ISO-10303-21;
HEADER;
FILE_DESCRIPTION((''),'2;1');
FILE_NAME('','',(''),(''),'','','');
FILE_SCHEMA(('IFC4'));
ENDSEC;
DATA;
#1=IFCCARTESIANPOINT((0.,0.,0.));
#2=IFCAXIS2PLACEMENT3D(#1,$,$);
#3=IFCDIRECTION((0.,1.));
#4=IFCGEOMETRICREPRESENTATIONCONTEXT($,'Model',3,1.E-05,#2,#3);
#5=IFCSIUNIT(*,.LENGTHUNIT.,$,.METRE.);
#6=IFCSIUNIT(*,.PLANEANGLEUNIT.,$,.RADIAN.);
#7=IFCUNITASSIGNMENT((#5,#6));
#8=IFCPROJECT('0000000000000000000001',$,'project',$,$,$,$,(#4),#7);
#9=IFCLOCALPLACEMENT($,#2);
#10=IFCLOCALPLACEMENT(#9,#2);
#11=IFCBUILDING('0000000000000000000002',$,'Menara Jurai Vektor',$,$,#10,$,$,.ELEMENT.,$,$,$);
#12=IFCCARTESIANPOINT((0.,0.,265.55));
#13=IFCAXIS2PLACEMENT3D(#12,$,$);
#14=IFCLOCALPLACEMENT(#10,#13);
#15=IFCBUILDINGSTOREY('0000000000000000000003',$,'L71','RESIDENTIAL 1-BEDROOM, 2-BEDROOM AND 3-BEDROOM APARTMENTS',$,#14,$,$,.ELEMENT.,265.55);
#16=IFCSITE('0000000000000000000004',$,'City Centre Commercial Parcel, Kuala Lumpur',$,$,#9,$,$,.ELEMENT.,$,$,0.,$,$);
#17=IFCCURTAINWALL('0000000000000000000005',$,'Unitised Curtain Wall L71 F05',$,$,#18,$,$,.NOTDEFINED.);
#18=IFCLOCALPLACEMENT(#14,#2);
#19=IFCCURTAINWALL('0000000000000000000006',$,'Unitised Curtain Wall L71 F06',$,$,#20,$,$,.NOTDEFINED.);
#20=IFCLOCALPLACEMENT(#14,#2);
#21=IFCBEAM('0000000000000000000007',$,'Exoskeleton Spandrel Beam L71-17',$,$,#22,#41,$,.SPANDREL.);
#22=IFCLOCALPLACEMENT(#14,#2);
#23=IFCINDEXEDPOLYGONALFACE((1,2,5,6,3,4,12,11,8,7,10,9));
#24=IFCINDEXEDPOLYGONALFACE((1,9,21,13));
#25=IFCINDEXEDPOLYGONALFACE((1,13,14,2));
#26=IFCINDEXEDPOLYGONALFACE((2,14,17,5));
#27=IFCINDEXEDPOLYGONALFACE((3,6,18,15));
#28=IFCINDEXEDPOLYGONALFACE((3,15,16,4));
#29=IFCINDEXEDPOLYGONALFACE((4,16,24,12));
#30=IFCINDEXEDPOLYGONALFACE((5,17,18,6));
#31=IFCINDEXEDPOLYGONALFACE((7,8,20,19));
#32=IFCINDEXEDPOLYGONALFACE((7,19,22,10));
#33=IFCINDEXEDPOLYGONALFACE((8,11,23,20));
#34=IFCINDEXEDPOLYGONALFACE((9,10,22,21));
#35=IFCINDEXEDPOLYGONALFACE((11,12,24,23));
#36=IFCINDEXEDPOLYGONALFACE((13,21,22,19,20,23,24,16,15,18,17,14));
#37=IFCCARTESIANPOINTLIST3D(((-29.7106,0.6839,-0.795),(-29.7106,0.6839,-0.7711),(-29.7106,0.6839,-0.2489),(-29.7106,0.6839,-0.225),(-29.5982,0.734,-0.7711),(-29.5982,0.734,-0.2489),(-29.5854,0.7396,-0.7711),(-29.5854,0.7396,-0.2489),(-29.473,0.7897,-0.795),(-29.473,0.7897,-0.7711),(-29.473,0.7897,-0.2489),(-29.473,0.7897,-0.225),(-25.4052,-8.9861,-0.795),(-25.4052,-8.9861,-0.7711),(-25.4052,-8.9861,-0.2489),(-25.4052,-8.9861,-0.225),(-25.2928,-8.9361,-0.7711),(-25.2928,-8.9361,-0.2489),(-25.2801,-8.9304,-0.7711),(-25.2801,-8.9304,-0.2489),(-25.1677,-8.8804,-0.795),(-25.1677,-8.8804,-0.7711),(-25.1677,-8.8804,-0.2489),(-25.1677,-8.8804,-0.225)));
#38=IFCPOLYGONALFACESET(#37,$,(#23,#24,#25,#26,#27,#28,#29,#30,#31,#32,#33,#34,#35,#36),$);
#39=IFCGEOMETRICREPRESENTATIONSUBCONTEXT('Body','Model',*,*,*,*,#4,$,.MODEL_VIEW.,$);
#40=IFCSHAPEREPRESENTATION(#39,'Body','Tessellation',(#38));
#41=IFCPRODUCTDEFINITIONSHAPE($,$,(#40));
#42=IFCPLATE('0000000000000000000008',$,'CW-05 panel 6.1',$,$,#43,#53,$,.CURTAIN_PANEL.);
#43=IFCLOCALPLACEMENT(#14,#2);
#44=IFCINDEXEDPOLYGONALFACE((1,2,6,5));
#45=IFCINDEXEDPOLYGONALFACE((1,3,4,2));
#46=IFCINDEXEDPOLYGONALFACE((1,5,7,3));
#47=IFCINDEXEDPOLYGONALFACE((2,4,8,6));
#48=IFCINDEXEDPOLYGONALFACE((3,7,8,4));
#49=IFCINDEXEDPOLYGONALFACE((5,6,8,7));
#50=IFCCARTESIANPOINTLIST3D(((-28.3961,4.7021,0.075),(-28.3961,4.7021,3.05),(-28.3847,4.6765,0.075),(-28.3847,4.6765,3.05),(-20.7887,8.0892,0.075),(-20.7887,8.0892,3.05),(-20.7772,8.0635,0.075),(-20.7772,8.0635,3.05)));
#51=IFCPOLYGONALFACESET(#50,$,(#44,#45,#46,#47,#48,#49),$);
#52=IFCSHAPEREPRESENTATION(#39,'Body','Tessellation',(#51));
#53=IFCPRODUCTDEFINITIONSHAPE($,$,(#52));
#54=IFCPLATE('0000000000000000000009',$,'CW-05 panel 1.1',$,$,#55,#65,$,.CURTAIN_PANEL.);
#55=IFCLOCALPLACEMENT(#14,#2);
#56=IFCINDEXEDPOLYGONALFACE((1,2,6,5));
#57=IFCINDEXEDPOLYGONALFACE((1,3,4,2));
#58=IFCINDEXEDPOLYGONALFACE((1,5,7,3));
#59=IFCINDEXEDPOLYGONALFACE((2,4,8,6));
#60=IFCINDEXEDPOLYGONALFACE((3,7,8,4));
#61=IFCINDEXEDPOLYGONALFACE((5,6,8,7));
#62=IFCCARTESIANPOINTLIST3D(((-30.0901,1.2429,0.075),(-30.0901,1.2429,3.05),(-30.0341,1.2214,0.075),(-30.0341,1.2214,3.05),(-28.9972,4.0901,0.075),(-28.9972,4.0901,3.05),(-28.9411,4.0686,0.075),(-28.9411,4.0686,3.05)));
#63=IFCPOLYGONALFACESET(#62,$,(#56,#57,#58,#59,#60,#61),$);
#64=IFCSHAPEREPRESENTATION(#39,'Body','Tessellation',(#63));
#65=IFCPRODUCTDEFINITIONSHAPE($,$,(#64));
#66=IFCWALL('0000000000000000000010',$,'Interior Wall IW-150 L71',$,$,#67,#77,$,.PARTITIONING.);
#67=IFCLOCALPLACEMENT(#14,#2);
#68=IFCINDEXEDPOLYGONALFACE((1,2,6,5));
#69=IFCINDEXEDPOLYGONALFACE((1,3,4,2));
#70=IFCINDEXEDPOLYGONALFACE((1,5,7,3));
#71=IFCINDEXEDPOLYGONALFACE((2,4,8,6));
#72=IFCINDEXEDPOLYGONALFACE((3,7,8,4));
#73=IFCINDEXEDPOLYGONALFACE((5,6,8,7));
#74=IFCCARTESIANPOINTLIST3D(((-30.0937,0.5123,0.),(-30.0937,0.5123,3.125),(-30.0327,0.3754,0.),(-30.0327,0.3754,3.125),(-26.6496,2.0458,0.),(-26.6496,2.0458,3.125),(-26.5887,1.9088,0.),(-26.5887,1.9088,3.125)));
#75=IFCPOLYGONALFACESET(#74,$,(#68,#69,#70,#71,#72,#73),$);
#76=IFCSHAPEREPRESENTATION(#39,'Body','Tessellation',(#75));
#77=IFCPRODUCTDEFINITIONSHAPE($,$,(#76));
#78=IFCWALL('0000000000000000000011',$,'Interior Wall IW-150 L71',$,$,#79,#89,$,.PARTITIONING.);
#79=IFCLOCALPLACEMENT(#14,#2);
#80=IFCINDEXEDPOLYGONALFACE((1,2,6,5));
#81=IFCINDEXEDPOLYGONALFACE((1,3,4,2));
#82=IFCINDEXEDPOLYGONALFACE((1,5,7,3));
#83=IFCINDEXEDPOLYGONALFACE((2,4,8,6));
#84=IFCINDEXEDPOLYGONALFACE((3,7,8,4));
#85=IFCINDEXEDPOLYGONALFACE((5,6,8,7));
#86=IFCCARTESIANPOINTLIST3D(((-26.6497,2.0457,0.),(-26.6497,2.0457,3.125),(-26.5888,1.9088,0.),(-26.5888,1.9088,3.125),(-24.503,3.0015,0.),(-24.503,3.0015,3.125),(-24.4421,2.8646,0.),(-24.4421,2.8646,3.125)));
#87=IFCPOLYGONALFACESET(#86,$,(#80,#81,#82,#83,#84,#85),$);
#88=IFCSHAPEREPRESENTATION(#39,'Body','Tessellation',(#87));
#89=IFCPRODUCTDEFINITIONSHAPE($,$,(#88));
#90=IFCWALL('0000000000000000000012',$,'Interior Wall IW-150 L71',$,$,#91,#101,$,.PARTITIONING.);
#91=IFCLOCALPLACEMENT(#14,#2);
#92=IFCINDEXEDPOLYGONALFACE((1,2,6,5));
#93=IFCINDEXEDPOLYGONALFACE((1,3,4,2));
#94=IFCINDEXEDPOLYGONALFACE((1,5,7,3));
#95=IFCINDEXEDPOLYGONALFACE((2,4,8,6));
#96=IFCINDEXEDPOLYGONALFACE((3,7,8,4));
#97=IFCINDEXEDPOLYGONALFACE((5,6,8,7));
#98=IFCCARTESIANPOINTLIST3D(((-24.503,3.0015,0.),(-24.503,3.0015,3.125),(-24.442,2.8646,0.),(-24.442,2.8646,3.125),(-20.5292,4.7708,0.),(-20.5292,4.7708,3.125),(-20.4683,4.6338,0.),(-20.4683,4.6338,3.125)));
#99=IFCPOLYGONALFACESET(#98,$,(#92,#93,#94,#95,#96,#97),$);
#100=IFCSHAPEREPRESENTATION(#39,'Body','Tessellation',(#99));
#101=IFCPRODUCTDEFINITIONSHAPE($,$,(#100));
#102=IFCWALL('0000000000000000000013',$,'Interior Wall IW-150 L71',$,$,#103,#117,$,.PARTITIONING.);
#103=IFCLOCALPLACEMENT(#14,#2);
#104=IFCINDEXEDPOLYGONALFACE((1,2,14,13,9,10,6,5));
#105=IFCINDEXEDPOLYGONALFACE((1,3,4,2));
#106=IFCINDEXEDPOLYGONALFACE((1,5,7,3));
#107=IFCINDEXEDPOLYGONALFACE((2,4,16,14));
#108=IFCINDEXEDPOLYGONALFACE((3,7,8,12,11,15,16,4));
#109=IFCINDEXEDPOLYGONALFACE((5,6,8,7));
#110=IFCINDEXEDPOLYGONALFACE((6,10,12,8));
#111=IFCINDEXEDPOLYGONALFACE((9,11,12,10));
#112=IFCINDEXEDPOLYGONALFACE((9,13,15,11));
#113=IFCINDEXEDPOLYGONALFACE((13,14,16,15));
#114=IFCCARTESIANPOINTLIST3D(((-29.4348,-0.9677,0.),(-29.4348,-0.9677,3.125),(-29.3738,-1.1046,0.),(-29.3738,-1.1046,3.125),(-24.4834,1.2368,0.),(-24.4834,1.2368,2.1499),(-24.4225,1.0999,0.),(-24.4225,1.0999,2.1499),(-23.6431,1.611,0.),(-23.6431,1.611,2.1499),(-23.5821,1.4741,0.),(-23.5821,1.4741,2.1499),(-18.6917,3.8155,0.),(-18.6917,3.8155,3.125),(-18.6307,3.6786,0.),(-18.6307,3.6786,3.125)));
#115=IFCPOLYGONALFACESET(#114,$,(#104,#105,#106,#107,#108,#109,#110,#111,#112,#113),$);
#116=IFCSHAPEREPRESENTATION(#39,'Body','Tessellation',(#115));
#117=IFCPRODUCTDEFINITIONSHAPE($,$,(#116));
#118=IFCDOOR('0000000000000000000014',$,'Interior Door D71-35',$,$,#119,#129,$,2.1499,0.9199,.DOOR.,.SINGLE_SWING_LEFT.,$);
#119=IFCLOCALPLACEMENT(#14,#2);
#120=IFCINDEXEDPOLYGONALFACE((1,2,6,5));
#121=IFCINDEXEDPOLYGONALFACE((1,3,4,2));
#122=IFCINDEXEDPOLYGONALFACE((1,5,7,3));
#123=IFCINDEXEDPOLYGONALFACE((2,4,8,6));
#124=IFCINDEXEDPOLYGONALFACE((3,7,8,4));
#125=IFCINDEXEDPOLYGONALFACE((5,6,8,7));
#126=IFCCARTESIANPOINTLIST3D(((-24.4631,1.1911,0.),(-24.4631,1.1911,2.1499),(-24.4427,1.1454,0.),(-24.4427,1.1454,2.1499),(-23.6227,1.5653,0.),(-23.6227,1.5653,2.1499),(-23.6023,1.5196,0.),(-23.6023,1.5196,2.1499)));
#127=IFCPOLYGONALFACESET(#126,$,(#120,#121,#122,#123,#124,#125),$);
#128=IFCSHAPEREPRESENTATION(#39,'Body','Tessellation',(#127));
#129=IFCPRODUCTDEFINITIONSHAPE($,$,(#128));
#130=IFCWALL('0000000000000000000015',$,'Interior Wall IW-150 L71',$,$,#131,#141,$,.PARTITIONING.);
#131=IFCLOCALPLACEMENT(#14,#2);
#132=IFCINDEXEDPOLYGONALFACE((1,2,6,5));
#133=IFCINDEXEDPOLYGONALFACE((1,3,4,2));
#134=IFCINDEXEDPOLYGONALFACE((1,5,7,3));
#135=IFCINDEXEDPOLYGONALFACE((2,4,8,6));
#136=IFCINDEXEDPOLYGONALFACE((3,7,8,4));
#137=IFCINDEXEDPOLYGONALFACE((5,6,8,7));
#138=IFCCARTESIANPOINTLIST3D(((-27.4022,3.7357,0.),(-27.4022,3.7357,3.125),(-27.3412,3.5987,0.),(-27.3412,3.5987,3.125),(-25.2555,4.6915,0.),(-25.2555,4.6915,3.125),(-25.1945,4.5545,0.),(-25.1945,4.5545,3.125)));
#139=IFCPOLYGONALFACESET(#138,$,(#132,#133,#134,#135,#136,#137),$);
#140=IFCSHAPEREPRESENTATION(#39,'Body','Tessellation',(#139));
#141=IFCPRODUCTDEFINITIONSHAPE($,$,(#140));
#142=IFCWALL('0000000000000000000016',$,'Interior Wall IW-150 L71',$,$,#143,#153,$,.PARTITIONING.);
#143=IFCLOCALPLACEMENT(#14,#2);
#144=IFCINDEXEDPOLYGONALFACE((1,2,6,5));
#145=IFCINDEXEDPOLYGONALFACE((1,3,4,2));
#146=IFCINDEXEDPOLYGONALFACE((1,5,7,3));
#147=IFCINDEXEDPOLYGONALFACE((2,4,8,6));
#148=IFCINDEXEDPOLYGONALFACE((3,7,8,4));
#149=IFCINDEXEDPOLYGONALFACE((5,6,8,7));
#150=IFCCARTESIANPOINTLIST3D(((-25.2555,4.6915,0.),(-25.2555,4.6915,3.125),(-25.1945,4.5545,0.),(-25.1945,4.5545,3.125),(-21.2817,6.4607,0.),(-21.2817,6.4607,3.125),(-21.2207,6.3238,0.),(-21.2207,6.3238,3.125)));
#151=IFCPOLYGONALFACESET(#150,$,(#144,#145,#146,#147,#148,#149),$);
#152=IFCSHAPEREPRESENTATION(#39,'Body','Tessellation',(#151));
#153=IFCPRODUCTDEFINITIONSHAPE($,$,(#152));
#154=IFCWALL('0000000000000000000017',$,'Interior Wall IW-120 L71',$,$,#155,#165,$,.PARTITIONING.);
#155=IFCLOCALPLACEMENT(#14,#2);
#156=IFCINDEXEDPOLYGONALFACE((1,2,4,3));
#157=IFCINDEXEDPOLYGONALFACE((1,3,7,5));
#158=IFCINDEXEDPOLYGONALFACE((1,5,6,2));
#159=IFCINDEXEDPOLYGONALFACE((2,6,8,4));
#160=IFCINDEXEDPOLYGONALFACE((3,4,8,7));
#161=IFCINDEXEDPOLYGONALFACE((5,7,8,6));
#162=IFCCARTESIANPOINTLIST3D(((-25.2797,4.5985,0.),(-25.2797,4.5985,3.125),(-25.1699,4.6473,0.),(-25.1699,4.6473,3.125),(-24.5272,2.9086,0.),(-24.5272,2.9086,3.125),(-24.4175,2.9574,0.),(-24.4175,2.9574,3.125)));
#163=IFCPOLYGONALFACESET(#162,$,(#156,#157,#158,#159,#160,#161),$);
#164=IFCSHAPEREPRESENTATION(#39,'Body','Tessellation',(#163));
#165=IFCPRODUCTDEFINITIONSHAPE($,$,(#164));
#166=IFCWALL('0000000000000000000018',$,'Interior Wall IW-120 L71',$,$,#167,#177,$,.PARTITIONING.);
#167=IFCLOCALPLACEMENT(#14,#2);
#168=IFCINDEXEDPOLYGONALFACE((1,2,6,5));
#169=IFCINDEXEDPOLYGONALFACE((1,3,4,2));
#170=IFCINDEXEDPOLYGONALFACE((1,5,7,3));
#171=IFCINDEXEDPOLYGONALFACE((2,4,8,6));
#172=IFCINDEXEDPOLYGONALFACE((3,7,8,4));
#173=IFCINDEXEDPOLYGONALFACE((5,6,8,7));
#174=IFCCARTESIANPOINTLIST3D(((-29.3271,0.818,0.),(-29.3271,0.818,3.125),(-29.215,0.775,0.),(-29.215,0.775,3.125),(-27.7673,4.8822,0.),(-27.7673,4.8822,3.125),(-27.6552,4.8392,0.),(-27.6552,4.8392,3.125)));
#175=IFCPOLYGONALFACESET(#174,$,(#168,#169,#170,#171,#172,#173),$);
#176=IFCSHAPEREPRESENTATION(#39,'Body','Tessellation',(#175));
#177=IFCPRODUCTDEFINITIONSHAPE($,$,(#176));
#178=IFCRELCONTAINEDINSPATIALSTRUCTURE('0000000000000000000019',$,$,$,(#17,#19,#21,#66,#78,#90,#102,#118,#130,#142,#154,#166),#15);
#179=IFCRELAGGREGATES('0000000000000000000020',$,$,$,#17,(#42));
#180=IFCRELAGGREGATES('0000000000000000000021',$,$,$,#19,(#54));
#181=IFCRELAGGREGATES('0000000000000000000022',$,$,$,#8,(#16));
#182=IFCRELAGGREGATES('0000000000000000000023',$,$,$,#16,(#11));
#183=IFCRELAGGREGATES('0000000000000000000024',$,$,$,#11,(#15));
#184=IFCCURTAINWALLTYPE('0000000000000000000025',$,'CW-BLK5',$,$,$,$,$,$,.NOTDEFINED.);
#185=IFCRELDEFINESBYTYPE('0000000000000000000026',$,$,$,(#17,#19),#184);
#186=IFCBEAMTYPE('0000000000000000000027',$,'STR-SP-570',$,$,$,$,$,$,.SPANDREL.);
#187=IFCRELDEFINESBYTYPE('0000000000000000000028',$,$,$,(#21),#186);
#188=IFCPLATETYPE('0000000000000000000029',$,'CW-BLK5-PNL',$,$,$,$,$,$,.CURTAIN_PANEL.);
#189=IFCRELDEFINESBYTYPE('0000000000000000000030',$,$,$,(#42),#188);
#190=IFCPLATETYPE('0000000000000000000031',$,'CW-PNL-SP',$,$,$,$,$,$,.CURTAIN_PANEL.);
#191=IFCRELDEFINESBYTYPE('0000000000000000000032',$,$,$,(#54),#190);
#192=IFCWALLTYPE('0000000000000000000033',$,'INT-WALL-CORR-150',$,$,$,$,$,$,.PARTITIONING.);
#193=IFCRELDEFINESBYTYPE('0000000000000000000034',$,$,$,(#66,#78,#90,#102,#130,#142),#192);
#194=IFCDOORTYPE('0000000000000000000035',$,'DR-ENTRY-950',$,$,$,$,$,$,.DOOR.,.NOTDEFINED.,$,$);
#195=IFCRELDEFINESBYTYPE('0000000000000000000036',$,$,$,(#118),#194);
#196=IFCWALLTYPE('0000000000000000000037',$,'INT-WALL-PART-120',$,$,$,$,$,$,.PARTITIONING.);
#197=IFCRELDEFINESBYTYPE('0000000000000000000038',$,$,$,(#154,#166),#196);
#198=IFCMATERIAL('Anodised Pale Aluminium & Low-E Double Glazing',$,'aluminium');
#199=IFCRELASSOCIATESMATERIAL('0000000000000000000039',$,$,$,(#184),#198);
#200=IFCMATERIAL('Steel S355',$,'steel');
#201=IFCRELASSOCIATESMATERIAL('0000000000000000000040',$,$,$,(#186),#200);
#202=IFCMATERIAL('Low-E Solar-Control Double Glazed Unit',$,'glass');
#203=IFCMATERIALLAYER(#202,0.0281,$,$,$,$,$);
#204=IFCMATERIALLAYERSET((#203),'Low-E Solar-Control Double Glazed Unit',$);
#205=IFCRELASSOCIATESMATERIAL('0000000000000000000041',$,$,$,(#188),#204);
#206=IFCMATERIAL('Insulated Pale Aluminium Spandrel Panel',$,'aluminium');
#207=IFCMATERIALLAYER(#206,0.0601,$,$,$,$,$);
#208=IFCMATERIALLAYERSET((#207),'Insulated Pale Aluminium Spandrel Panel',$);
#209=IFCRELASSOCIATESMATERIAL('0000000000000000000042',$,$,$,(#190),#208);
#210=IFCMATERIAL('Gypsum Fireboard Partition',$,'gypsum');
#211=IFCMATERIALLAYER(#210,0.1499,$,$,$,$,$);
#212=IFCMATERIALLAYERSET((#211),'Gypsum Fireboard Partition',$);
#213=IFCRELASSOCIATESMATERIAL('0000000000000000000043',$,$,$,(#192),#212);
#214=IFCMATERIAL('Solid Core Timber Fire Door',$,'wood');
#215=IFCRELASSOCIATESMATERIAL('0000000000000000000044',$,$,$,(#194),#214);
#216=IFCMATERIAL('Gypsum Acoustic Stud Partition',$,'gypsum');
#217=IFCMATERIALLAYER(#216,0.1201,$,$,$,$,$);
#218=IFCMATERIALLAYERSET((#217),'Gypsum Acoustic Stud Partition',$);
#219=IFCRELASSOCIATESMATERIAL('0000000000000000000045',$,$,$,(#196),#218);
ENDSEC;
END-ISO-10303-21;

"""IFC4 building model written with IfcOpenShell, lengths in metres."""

from ifc_helpers import new_model, si_unit, direction, frame, frame_2d, origin, origin_2d, place, context, subcontext, project, spatial, rectangle, i_section, extrude, material, layer, layer_set, material_profile, profile_set, type_object, element, fill, aggregate, save


model = new_model("IFC4")

# Units and contexts
model_context = context("Model", 3, precision=1e-05, world=origin(), true_north=direction((0.0, 1.0)))
body_context = subcontext(model_context, "Body", "Model", "MODEL_VIEW")
ifc_project = project(units=[si_unit("LENGTHUNIT", "METRE"), si_unit("PLANEANGLEUNIT", "RADIAN")], contexts=[model_context])

# Site, building, storey
site_placement = place(None, origin())
site = spatial("IfcSite", under=ifc_project, at=site_placement, Name="City Centre Commercial Parcel, Kuala Lumpur", CompositionType="ELEMENT", RefElevation=0.0)
building_placement = place(site_placement, origin())
building = spatial("IfcBuilding", under=site, at=building_placement, Name="Menara Jurai Vektor", CompositionType="ELEMENT")
storey_placement = place(building_placement, frame((0.0, 0.0, 265.55)))
storey = spatial("IfcBuildingStorey", under=building, at=storey_placement, Name="L71", Description="RESIDENTIAL 1-BEDROOM, 2-BEDROOM AND 3-BEDROOM APARTMENTS", CompositionType="ELEMENT", Elevation=265.55)

# Curtain wall
ifc_material_1 = material(Name="Anodised Pale Aluminium & Low-E Double Glazing", Category="aluminium")
curtain_wall_type = type_object("IfcCurtainWallType", Name="CW-BLK5", PredefinedType="NOTDEFINED", material=ifc_material_1)
curtain_wall_1_placement = place(storey_placement, origin())
curtain_wall_1 = element("IfcCurtainWall", 1, at=curtain_wall_1_placement, inside=storey, type_object=curtain_wall_type, Name="Unitised Curtain Wall L71 F05", PredefinedType="NOTDEFINED")

# Curtain wall
curtain_wall_2_placement = place(storey_placement, origin())
curtain_wall_2 = element("IfcCurtainWall", 2, at=curtain_wall_2_placement, inside=storey, type_object=curtain_wall_type, Name="Unitised Curtain Wall L71 F06", PredefinedType="NOTDEFINED")

# Shared definitions
ifc_material_2 = material(Name="Steel S355", Category="steel")

# Beam
ifc_material_profile_1 = material_profile(ifc_material_2, i_section(OverallWidth=0.26, OverallDepth=0.5701, WebThickness=0.0139, FlangeThickness=0.0239, at=origin_2d()), Name="PG 570x260x145")
ifc_profile_set_1 = profile_set([ifc_material_profile_1], Name="Steel S355")
beam_type_1 = type_object("IfcBeamType", Name="STR-SP-570", PredefinedType="SPANDREL", material=ifc_profile_set_1)
beam_1_placement = place(storey_placement, frame((-29.5918, 0.7368, -0.51), z_axis=(0.406735, -0.913546, 0.0), x_axis=(0.913546, 0.406735, 0.0)))
element("IfcBeam", 3, at=beam_1_placement, inside=storey, type_object=beam_type_1, Name="Exoskeleton Spandrel Beam L71-17", PredefinedType="SPANDREL", context=body_context, shape_type="SweptSolid", body=[
    extrude(i_section(OverallWidth=0.26, OverallDepth=0.5701, WebThickness=0.0139, FlangeThickness=0.0239, at=origin_2d()), origin(), (0.0, 0.0, 1.0), 10.5852),
])

# Plates
ifc_material_3 = material(Name="Low-E Solar-Control Double Glazed Unit", Category="glass")
ifc_layer_1 = layer(ifc_material_3, 0.0281)
ifc_layer_set_1 = layer_set([ifc_layer_1], Name="Low-E Solar-Control Double Glazed Unit")
plate_type_1 = type_object("IfcPlateType", Name="CW-BLK5-PNL", PredefinedType="CURTAIN_PANEL", material=ifc_layer_set_1)
plate_1_placement = place(storey_placement, frame((-24.5867, 6.3828, 0.075), z_axis=(0.0, 0.0, 1.0), x_axis=(-0.913546, -0.406735, 0.0)))
plate_1 = element("IfcPlate", 4, at=plate_1_placement, type_object=plate_type_1, Name="CW-05 panel 6.1", PredefinedType="CURTAIN_PANEL", context=body_context, shape_type="SweptSolid", body=[
    extrude(rectangle(XDim=8.3274, YDim=0.0281, at=origin_2d()), origin(), (0.0, 0.0, 1.0), 2.9751),
])
aggregate(curtain_wall_1, [plate_1])
ifc_material_4 = material(Name="Insulated Pale Aluminium Spandrel Panel", Category="aluminium")
ifc_layer_2 = layer(ifc_material_4, 0.0601)
ifc_layer_set_2 = layer_set([ifc_layer_2], Name="Insulated Pale Aluminium Spandrel Panel")
plate_type_2 = type_object("IfcPlateType", Name="CW-PNL-SP", PredefinedType="CURTAIN_PANEL", material=ifc_layer_set_2)
plate_2_placement = place(storey_placement, frame((-29.5156, 2.6558, 0.075), z_axis=(0.0, 0.0, 1.0), x_axis=(-0.358374, -0.933578, 0.0)))
plate_2 = element("IfcPlate", 5, at=plate_2_placement, type_object=plate_type_2, Name="CW-05 panel 1.1", PredefinedType="CURTAIN_PANEL", context=body_context, shape_type="SweptSolid", body=[
    extrude(rectangle(XDim=3.0498, YDim=0.0601, at=origin_2d()), origin(), (0.0, 0.0, 1.0), 2.9751),
])
aggregate(curtain_wall_2, [plate_2])

# Walls
ifc_material_5 = material(Name="Gypsum Fireboard Partition", Category="gypsum")
ifc_layer_3 = layer(ifc_material_5, 0.1499)
ifc_layer_set_3 = layer_set([ifc_layer_3], Name="Gypsum Fireboard Partition")
wall_type_1 = type_object("IfcWallType", Name="INT-WALL-CORR-150", PredefinedType="PARTITIONING", material=ifc_layer_set_3)
wall_1_placement = place(storey_placement, frame((-30.0632, 0.4438, 0.0), z_axis=(0.0, 0.0, 1.0), x_axis=(0.913542, 0.406745, 0.0)))
element("IfcWall", 6, at=wall_1_placement, inside=storey, type_object=wall_type_1, Name="Interior Wall IW-150 L71", PredefinedType="PARTITIONING", context=body_context, shape_type="SweptSolid", body=[
    extrude(rectangle(XDim=3.77, YDim=0.1499, at=frame_2d((1.885, 0.0))), origin(), (0.0, 0.0, 1.0), 3.125),
])
wall_2_placement = place(storey_placement, frame((-26.6191, 1.9773, 0.0), z_axis=(0.0, 0.0, 1.0), x_axis=(0.913541, 0.406746, 0.0)))
element("IfcWall", 7, at=wall_2_placement, inside=storey, type_object=wall_type_1, Name="Interior Wall IW-150 L71", PredefinedType="PARTITIONING", context=body_context, shape_type="SweptSolid", body=[
    extrude(rectangle(XDim=2.3499, YDim=0.1499, at=frame_2d((1.1748, 0.0))), origin(), (0.0, 0.0, 1.0), 3.125),
])
wall_3_placement = place(storey_placement, frame((-24.4724, 2.9331, 0.0), z_axis=(0.0, 0.0, 1.0), x_axis=(0.913545, 0.406737, 0.0)))
element("IfcWall", 8, at=wall_3_placement, inside=storey, type_object=wall_type_1, Name="Interior Wall IW-150 L71", PredefinedType="PARTITIONING", context=body_context, shape_type="SweptSolid", body=[
    extrude(rectangle(XDim=4.3499, YDim=0.1499, at=frame_2d((2.1748, 0.0))), origin(), (0.0, 0.0, 1.0), 3.125),
])

# Wall, opening, door
wall_4_placement = place(storey_placement, frame((-29.4043, -1.0361, 0.0), z_axis=(0.0, 0.0, 1.0), x_axis=(0.913544, 0.406739, 0.0)))
wall_4 = element("IfcWall", 9, at=wall_4_placement, inside=storey, type_object=wall_type_1, Name="Interior Wall IW-150 L71", PredefinedType="PARTITIONING", context=body_context, shape_type="SweptSolid", body=[
    extrude(rectangle(XDim=11.7598, YDim=0.1499, at=frame_2d((5.8799, 0.0))), origin(), (0.0, 0.0, 1.0), 3.125),
])
opening_1_placement = place(wall_4_placement, frame((5.4199, 0.0, 0.0)))
opening_1 = element("IfcOpeningElement", 10, at=opening_1_placement, cuts=wall_4, PredefinedType="OPENING", context=body_context, shape_type="SweptSolid", body=[
    extrude(rectangle(XDim=0.9199, YDim=2.1499, at=frame_2d((0.46, 1.075))), frame((0.0, 0.085, 0.0), z_axis=(0.0, -1.0, 0.0), x_axis=(1.0, 0.0, 0.0)), (0.0, 0.0, 1.0), 0.1699),
])
ifc_material_6 = material(Name="Solid Core Timber Fire Door", Category="wood")
door_type_1 = type_object("IfcDoorType", Name="DR-ENTRY-950", OperationType="NOTDEFINED", PredefinedType="DOOR", material=ifc_material_6)
door_1_placement = place(opening_1_placement, origin())
door_1 = element("IfcDoor", 11, at=door_1_placement, inside=storey, type_object=door_type_1, Name="Interior Door D71-35", OperationType="SINGLE_SWING_LEFT", OverallHeight=2.1499, OverallWidth=0.9199, PredefinedType="DOOR", context=body_context, shape_type="SweptSolid", body=[
    extrude(rectangle(XDim=0.9199, YDim=2.1499, at=frame_2d((0.46, 1.075))), frame((0.0, 0.0249, 0.0), z_axis=(0.0, -1.0, 0.0), x_axis=(1.0, 0.0, 0.0)), (0.0, 0.0, 1.0), 0.05),
])
fill(opening_1, door_1)

# Walls
wall_5_placement = place(storey_placement, frame((-27.3716, 3.6672, 0.0), z_axis=(0.0, 0.0, 1.0), x_axis=(0.913541, 0.406746, 0.0)))
element("IfcWall", 12, at=wall_5_placement, inside=storey, type_object=wall_type_1, Name="Interior Wall IW-150 L71", PredefinedType="PARTITIONING", context=body_context, shape_type="SweptSolid", body=[
    extrude(rectangle(XDim=2.3499, YDim=0.1499, at=frame_2d((1.1748, 0.0))), origin(), (0.0, 0.0, 1.0), 3.125),
])
wall_6_placement = place(storey_placement, frame((-25.2249, 4.623, 0.0), z_axis=(0.0, 0.0, 1.0), x_axis=(0.913545, 0.406737, 0.0)))
element("IfcWall", 13, at=wall_6_placement, inside=storey, type_object=wall_type_1, Name="Interior Wall IW-150 L71", PredefinedType="PARTITIONING", context=body_context, shape_type="SweptSolid", body=[
    extrude(rectangle(XDim=4.3499, YDim=0.1499, at=frame_2d((2.1748, 0.0))), origin(), (0.0, 0.0, 1.0), 3.125),
])
ifc_material_7 = material(Name="Gypsum Acoustic Stud Partition", Category="gypsum")
ifc_layer_4 = layer(ifc_material_7, 0.1201)
ifc_layer_set_4 = layer_set([ifc_layer_4], Name="Gypsum Acoustic Stud Partition")
wall_type_2 = type_object("IfcWallType", Name="INT-WALL-PART-120", PredefinedType="PARTITIONING", material=ifc_layer_set_4)
wall_7_placement = place(storey_placement, frame((-24.4724, 2.9331, 0.0), z_axis=(0.0, 0.0, 1.0), x_axis=(-0.406751, 0.913539, 0.0)))
element("IfcWall", 14, at=wall_7_placement, inside=storey, type_object=wall_type_2, Name="Interior Wall IW-120 L71", PredefinedType="PARTITIONING", context=body_context, shape_type="SweptSolid", body=[
    extrude(rectangle(XDim=1.8499, YDim=0.1201, at=frame_2d((0.9248, 0.0))), origin(), (0.0, 0.0, 1.0), 3.125),
])
wall_8_placement = place(storey_placement, frame((-27.7112, 4.8608, 0.0), z_axis=(0.0, 0.0, 1.0), x_axis=(-0.35831, -0.933603, 0.0)))
element("IfcWall", 15, at=wall_8_placement, inside=storey, type_object=wall_type_2, Name="Interior Wall IW-120 L71", PredefinedType="PARTITIONING", context=body_context, shape_type="SweptSolid", body=[
    extrude(rectangle(XDim=4.3533, YDim=0.1201, at=frame_2d((2.1768, 0.0))), origin(), (0.0, 0.0, 1.0), 3.125),
])

save(model, "model.ifc")
